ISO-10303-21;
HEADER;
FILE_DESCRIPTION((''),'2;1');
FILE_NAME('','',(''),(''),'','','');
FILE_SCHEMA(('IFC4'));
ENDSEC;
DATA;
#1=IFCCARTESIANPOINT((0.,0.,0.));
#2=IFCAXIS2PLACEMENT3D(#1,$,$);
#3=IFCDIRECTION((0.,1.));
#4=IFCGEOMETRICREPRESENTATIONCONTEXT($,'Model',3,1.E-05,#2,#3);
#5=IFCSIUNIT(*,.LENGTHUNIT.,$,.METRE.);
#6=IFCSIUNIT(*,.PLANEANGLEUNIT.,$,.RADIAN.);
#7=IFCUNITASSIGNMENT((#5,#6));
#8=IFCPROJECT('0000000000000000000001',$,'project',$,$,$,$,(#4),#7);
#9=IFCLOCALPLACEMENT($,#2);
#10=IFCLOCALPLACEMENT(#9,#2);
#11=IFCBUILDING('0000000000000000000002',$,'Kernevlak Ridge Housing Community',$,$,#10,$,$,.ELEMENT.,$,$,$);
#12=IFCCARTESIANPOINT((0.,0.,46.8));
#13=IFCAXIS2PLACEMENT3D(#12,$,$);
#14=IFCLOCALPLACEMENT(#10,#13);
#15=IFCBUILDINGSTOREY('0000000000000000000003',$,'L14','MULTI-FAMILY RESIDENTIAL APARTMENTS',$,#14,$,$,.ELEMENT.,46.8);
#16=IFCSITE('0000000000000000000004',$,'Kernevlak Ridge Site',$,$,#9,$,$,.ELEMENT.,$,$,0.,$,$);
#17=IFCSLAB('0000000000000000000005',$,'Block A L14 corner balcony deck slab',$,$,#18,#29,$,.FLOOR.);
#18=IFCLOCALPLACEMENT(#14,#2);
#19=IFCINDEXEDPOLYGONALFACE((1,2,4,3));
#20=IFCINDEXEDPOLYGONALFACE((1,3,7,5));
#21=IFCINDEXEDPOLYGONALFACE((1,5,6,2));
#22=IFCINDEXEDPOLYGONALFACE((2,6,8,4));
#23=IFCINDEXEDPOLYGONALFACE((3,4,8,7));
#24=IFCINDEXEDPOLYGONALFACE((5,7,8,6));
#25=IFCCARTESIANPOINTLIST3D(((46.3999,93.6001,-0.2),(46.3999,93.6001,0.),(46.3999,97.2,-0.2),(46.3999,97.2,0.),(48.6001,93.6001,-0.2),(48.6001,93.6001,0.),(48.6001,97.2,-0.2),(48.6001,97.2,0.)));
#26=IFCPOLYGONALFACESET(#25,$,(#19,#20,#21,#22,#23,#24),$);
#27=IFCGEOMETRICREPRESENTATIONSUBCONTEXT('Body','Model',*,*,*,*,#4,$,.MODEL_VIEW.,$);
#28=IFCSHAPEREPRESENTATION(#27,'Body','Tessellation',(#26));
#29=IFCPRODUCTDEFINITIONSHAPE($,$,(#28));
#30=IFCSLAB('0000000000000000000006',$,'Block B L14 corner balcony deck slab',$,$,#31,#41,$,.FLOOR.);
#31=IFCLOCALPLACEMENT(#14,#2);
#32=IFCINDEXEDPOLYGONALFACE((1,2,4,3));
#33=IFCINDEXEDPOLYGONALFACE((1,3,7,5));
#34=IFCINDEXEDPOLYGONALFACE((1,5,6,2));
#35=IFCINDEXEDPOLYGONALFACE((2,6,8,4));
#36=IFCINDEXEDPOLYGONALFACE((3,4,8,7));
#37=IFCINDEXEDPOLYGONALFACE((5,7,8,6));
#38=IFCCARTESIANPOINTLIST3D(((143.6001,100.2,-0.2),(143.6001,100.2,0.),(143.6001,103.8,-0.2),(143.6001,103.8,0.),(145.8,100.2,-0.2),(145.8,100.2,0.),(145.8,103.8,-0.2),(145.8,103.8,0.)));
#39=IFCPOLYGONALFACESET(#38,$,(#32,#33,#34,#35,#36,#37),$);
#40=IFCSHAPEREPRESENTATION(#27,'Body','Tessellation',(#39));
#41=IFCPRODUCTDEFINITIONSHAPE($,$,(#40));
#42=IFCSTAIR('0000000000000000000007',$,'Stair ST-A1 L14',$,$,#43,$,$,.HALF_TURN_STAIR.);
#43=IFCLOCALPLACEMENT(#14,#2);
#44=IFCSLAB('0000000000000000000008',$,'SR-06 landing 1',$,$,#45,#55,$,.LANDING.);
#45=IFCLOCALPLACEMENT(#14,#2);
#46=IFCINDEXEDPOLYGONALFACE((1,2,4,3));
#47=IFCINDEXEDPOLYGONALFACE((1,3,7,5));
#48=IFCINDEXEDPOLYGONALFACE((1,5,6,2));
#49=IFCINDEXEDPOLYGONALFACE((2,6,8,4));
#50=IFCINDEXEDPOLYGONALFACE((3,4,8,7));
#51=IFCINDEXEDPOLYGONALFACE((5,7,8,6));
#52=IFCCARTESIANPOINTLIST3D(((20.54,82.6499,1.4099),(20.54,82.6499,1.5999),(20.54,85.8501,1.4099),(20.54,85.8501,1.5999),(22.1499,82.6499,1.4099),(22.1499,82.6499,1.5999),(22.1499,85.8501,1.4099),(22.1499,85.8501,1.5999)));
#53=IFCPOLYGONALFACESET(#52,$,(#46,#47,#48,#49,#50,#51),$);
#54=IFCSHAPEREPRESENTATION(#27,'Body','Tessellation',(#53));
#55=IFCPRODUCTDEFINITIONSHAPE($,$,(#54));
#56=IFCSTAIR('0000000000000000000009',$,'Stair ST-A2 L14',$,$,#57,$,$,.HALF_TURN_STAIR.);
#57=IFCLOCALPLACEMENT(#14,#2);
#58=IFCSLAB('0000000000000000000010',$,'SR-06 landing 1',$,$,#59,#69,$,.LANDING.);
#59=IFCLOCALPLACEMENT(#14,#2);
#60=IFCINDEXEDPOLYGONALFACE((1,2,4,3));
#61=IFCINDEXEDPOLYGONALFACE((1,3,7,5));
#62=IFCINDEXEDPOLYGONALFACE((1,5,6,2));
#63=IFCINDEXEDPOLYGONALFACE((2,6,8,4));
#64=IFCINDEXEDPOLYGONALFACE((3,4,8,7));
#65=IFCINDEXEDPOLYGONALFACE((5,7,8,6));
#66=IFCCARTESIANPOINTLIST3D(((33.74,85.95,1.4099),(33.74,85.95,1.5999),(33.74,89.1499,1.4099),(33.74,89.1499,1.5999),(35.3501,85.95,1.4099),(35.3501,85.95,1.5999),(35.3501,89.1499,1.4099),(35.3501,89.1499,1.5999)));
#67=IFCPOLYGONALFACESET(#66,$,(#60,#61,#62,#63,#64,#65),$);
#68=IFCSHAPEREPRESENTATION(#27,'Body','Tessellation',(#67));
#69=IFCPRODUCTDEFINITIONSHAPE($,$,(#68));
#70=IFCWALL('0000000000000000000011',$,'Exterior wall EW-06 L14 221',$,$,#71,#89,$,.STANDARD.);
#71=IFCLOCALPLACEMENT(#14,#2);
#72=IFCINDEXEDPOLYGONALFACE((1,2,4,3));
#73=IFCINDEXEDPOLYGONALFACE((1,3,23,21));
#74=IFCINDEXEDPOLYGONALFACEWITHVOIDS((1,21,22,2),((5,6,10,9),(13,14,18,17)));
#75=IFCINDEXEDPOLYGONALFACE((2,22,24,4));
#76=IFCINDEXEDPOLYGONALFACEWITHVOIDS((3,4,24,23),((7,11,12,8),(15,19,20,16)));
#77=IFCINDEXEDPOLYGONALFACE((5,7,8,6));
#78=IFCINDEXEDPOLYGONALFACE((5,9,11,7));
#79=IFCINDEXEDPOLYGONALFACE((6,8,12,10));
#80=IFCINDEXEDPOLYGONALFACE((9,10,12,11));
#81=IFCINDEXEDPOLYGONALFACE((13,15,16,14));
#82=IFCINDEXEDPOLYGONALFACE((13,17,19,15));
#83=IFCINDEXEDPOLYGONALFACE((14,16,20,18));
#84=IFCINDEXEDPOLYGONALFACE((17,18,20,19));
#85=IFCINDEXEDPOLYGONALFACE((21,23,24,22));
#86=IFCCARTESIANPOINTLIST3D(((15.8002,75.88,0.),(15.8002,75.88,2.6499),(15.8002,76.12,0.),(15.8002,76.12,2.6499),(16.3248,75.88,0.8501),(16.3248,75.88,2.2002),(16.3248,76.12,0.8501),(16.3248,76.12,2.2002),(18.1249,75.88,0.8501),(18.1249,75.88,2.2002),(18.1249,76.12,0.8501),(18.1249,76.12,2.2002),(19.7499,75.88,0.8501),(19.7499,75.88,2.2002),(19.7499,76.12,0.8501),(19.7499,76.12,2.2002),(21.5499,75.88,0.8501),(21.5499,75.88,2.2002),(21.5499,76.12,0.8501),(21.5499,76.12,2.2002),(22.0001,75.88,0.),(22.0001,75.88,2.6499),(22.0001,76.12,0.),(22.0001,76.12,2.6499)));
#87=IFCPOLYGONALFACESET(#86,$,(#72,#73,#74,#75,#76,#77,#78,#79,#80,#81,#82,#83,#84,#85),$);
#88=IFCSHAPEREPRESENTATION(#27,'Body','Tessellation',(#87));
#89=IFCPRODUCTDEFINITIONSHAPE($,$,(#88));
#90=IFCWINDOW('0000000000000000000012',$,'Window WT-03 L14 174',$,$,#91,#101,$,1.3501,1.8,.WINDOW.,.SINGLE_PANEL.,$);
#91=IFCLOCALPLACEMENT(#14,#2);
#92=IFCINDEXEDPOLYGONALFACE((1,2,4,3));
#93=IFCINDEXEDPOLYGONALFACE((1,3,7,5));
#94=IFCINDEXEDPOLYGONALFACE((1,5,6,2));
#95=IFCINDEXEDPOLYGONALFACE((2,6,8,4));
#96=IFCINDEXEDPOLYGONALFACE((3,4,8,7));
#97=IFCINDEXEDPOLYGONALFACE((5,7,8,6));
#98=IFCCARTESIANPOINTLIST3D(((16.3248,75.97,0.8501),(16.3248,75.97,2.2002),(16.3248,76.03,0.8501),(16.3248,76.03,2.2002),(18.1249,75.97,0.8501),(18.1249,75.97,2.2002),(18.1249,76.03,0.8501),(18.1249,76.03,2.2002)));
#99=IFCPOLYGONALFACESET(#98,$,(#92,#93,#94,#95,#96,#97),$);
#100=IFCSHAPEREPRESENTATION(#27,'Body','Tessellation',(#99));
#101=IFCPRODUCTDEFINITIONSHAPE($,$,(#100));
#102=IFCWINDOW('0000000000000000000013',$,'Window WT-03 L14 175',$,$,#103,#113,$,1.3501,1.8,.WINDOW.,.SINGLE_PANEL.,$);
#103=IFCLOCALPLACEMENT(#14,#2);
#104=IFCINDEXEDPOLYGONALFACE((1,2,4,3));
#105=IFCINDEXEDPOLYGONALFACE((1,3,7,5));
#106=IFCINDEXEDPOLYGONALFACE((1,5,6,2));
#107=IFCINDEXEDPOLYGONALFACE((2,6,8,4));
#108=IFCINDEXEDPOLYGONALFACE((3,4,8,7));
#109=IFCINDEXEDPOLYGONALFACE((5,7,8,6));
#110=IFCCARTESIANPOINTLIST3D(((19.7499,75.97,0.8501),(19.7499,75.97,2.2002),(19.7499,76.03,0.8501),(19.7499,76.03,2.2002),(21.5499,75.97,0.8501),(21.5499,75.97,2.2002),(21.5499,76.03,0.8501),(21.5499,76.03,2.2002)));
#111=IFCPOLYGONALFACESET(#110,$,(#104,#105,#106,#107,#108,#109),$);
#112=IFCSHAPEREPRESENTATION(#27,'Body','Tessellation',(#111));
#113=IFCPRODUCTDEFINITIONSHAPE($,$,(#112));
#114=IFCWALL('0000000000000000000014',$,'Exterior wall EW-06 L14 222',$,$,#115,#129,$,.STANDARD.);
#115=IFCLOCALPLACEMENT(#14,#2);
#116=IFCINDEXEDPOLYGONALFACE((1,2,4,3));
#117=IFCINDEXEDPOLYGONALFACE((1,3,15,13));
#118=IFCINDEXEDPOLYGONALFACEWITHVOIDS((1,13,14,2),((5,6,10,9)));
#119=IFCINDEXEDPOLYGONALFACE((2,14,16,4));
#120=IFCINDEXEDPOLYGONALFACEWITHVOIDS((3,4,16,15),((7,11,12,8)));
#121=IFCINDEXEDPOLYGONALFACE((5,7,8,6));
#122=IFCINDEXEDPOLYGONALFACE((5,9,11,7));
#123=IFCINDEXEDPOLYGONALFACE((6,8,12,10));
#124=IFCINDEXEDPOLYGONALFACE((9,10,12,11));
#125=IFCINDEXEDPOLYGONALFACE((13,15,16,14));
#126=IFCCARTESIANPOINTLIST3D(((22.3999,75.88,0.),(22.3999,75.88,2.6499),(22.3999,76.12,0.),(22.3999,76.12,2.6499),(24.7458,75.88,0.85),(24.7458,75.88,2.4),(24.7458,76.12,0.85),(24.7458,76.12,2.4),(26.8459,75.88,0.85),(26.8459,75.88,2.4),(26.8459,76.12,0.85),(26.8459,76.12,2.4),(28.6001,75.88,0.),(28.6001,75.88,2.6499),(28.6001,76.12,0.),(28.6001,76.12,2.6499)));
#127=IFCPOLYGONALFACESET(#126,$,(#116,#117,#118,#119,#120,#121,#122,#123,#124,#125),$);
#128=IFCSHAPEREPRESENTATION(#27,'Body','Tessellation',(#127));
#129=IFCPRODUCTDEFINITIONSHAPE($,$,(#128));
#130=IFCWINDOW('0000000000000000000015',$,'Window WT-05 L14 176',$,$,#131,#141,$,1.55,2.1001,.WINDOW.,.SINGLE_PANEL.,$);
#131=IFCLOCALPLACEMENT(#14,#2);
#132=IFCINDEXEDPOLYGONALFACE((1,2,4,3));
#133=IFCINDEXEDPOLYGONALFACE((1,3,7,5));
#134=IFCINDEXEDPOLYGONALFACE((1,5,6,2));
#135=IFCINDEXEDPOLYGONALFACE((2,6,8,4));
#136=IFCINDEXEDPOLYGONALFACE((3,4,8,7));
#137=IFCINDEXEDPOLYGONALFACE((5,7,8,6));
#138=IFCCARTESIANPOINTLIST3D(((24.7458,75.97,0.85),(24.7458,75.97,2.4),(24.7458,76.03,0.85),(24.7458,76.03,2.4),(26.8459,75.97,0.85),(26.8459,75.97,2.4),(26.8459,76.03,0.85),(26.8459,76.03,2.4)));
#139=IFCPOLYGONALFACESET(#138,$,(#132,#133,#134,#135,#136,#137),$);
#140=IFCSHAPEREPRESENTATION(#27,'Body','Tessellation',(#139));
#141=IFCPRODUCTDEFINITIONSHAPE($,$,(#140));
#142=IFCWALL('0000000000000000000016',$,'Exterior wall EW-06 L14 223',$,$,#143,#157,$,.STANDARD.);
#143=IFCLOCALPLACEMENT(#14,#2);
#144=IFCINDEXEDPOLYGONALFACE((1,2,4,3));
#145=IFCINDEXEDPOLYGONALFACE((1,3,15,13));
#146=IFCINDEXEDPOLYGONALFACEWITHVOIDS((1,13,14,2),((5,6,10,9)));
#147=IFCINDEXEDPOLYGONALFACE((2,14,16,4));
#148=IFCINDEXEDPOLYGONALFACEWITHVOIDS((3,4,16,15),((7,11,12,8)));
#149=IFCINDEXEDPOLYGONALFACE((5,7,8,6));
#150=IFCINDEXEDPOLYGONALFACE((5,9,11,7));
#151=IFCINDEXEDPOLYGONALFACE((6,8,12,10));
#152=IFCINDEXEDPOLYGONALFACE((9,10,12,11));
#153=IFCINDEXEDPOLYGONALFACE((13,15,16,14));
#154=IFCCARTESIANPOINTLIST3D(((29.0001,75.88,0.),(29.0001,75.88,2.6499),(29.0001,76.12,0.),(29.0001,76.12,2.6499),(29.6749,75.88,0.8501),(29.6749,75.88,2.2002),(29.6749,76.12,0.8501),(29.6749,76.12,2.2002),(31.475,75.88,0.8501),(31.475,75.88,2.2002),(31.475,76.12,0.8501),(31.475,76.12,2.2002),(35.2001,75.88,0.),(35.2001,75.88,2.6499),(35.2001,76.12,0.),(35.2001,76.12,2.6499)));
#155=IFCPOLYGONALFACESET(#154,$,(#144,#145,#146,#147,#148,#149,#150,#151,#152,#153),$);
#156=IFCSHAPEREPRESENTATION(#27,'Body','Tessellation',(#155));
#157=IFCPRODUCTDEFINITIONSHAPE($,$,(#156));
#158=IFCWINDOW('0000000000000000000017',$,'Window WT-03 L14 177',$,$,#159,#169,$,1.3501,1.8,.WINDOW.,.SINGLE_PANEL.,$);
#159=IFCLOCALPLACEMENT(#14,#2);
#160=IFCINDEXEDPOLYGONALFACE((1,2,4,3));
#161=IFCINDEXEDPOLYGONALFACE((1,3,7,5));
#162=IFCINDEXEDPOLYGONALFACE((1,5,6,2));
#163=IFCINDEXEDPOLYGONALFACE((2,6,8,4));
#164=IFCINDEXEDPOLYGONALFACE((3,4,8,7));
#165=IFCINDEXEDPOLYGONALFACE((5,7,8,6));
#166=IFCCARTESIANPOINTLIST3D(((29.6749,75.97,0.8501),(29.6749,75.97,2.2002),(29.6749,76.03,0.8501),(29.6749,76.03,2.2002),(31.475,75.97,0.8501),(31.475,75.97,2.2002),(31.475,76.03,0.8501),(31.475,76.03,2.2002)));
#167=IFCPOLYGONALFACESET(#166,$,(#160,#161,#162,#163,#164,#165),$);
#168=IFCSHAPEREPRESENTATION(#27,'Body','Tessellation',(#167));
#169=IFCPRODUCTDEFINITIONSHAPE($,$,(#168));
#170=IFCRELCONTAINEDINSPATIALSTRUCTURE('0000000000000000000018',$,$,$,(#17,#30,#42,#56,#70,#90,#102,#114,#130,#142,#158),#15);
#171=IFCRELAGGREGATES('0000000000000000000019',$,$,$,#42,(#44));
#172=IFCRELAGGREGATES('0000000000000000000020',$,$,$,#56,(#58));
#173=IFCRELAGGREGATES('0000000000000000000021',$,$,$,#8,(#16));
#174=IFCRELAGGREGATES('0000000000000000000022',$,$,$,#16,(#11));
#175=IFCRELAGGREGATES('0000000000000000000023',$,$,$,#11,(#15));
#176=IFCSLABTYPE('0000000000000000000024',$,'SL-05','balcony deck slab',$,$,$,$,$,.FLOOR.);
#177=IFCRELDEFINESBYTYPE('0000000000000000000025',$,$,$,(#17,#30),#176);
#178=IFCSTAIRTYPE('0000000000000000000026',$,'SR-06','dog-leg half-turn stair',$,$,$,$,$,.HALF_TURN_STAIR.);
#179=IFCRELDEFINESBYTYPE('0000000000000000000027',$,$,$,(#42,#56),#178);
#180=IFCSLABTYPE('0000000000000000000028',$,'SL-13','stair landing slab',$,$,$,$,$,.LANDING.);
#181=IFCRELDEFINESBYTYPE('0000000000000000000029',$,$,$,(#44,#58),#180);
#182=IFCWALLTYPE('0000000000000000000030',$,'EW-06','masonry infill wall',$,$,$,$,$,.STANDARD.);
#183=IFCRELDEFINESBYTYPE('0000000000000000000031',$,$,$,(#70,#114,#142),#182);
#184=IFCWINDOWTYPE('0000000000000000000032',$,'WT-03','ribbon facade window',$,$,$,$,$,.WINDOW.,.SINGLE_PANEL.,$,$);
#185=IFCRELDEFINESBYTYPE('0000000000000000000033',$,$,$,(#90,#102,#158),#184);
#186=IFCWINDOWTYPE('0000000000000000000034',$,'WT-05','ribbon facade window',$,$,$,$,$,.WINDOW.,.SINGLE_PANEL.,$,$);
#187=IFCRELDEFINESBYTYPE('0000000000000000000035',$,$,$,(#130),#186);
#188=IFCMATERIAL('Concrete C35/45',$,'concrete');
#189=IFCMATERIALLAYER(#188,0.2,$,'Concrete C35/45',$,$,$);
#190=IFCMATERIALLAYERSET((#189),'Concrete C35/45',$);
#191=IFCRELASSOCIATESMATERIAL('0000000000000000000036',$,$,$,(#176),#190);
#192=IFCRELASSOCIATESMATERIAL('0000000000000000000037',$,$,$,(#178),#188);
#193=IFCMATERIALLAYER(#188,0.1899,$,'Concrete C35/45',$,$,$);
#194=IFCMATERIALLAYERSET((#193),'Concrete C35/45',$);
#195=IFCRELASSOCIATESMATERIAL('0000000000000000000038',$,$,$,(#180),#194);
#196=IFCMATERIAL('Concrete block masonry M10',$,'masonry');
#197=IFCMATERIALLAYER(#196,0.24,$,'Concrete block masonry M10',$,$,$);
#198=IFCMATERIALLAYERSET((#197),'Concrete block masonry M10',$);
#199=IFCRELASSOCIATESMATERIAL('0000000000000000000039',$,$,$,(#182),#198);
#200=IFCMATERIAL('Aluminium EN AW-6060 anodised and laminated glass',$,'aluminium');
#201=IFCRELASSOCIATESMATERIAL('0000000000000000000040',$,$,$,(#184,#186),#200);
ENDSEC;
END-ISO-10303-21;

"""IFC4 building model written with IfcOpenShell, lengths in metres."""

from ifc_helpers import new_model, si_unit, direction, frame, frame_2d, origin, place, context, subcontext, project, spatial, polyline, rectangle, outline, extrude, material, layer, layer_set, type_object, element, fill, aggregate, save


model = new_model("IFC4")

# Units and contexts
model_context = context("Model", 3, precision=1e-05, world=origin(), true_north=direction((0.0, 1.0)))
body_context = subcontext(model_context, "Body", "Model", "MODEL_VIEW")
ifc_project = project(units=[si_unit("LENGTHUNIT", "METRE"), si_unit("PLANEANGLEUNIT", "RADIAN")], contexts=[model_context])

# Site, building, storey
site_placement = place(None, origin())
site = spatial("IfcSite", under=ifc_project, at=site_placement, Name="Kernevlak Ridge Site", CompositionType="ELEMENT", RefElevation=0.0)
building_placement = place(site_placement, origin())
building = spatial("IfcBuilding", under=site, at=building_placement, Name="Kernevlak Ridge Housing Community", CompositionType="ELEMENT")
storey_placement = place(building_placement, frame((0.0, 0.0, 46.8)))
storey = spatial("IfcBuildingStorey", under=building, at=storey_placement, Name="L14", Description="MULTI-FAMILY RESIDENTIAL APARTMENTS", CompositionType="ELEMENT", Elevation=46.8)

# Shared definitions
ifc_material_1 = material(Name="Concrete C35/45", Category="concrete")

# Slabs
ifc_layer_1 = layer(ifc_material_1, 0.2, Name="Concrete C35/45")
ifc_layer_set_1 = layer_set([ifc_layer_1], Name="Concrete C35/45")
slab_type_1 = type_object("IfcSlabType", Name="SL-05", Description="balcony deck slab", PredefinedType="FLOOR", material=ifc_layer_set_1)
slab_1_placement = place(storey_placement, frame((0.0, 0.0, -0.2)))
element("IfcSlab", 1, at=slab_1_placement, inside=storey, type_object=slab_type_1, Name="Block A L14 corner balcony deck slab", PredefinedType="FLOOR", context=body_context, shape_type="SweptSolid", body=[
    extrude(outline(polyline([(46.3999, 93.6001), (48.6001, 93.6001), (48.6001, 97.2), (46.3999, 97.2), (46.3999, 93.6001)])), origin(), (0.0, 0.0, 1.0), 0.2),
])
slab_2_placement = place(storey_placement, frame((0.0, 0.0, -0.2)))
element("IfcSlab", 2, at=slab_2_placement, inside=storey, type_object=slab_type_1, Name="Block B L14 corner balcony deck slab", PredefinedType="FLOOR", context=body_context, shape_type="SweptSolid", body=[
    extrude(outline(polyline([(143.6001, 100.2), (145.8, 100.2), (145.8, 103.8), (143.6001, 103.8), (143.6001, 100.2)])), origin(), (0.0, 0.0, 1.0), 0.2),
])

# Stairs, slabs
stair_type = type_object("IfcStairType", Name="SR-06", Description="dog-leg half-turn stair", PredefinedType="HALF_TURN_STAIR", material=ifc_material_1)
stair_1_placement = place(storey_placement, origin())
stair_1 = element("IfcStair", 3, at=stair_1_placement, inside=storey, type_object=stair_type, Name="Stair ST-A1 L14", PredefinedType="HALF_TURN_STAIR")
ifc_layer_2 = layer(ifc_material_1, 0.1899, Name="Concrete C35/45")
ifc_layer_set_2 = layer_set([ifc_layer_2], Name="Concrete C35/45")
slab_type_2 = type_object("IfcSlabType", Name="SL-13", Description="stair landing slab", PredefinedType="LANDING", material=ifc_layer_set_2)
slab_3_placement = place(storey_placement, frame((0.0, 0.0, 1.4099)))
slab_3 = element("IfcSlab", 4, at=slab_3_placement, type_object=slab_type_2, Name="SR-06 landing 1", PredefinedType="LANDING", context=body_context, shape_type="SweptSolid", body=[
    extrude(outline(polyline([(20.54, 82.6499), (22.1499, 82.6499), (22.1499, 85.8501), (20.54, 85.8501), (20.54, 82.6499)])), origin(), (0.0, 0.0, 1.0), 0.1899),
])
aggregate(stair_1, [slab_3])
stair_2_placement = place(storey_placement, origin())
stair_2 = element("IfcStair", 5, at=stair_2_placement, inside=storey, type_object=stair_type, Name="Stair ST-A2 L14", PredefinedType="HALF_TURN_STAIR")
slab_4_placement = place(storey_placement, frame((0.0, 0.0, 1.4099)))
slab_4 = element("IfcSlab", 6, at=slab_4_placement, type_object=slab_type_2, Name="SR-06 landing 1", PredefinedType="LANDING", context=body_context, shape_type="SweptSolid", body=[
    extrude(outline(polyline([(33.74, 85.95), (35.3501, 85.95), (35.3501, 89.1499), (33.74, 89.1499), (33.74, 85.95)])), origin(), (0.0, 0.0, 1.0), 0.1899),
])
aggregate(stair_2, [slab_4])

# Wall, openings, windows
ifc_material_2 = material(Name="Concrete block masonry M10", Category="masonry")
ifc_layer_3 = layer(ifc_material_2, 0.24, Name="Concrete block masonry M10")
ifc_layer_set_3 = layer_set([ifc_layer_3], Name="Concrete block masonry M10")
wall_type = type_object("IfcWallType", Name="EW-06", Description="masonry infill wall", PredefinedType="STANDARD", material=ifc_layer_set_3)
wall_1_placement = place(storey_placement, frame((15.8, 76.0, 0.0), z_axis=(0.0, 0.0, 1.0), x_axis=(1.0, 0.0, 0.0)))
wall_1 = element("IfcWall", 7, at=wall_1_placement, inside=storey, type_object=wall_type, Name="Exterior wall EW-06 L14 221", PredefinedType="STANDARD", context=body_context, shape_type="SweptSolid", body=[
    extrude(rectangle(XDim=6.2, YDim=0.24, at=frame_2d((3.1001, 0.0))), origin(), (0.0, 0.0, 1.0), 2.6499),
])
opening_1_placement = place(wall_1_placement, frame((0.5249, 0.0, 0.8501)))
opening_1 = element("IfcOpeningElement", 8, at=opening_1_placement, cuts=wall_1, PredefinedType="OPENING", context=body_context, shape_type="SweptSolid", body=[
    extrude(rectangle(XDim=1.8, YDim=1.3501, at=frame_2d((0.8999, 0.675))), frame((0.0, 0.1299, 0.0), z_axis=(0.0, -1.0, 0.0), x_axis=(1.0, 0.0, 0.0)), (0.0, 0.0, 1.0), 0.26),
])
opening_2_placement = place(wall_1_placement, frame((3.95, 0.0, 0.8501)))
opening_2 = element("IfcOpeningElement", 9, at=opening_2_placement, cuts=wall_1, PredefinedType="OPENING", context=body_context, shape_type="SweptSolid", body=[
    extrude(rectangle(XDim=1.8, YDim=1.3501, at=frame_2d((0.8999, 0.675))), frame((0.0, 0.1299, 0.0), z_axis=(0.0, -1.0, 0.0), x_axis=(1.0, 0.0, 0.0)), (0.0, 0.0, 1.0), 0.26),
])
ifc_material_3 = material(Name="Aluminium EN AW-6060 anodised and laminated glass", Category="aluminium")
window_type_1 = type_object("IfcWindowType", Name="WT-03", Description="ribbon facade window", PartitioningType="SINGLE_PANEL", PredefinedType="WINDOW", material=ifc_material_3)
window_1_placement = place(opening_1_placement, origin())
window_1 = element("IfcWindow", 10, at=window_1_placement, inside=storey, type_object=window_type_1, Name="Window WT-03 L14 174", OverallHeight=1.3501, OverallWidth=1.8, PartitioningType="SINGLE_PANEL", PredefinedType="WINDOW", context=body_context, shape_type="SweptSolid", body=[
    extrude(rectangle(XDim=1.8, YDim=1.3501, at=frame_2d((0.8999, 0.675))), frame((0.0, 0.03, 0.0), z_axis=(0.0, -1.0, 0.0), x_axis=(1.0, 0.0, 0.0)), (0.0, 0.0, 1.0), 0.0601),
])
fill(opening_1, window_1)
window_2_placement = place(opening_2_placement, origin())
window_2 = element("IfcWindow", 11, at=window_2_placement, inside=storey, type_object=window_type_1, Name="Window WT-03 L14 175", OverallHeight=1.3501, OverallWidth=1.8, PartitioningType="SINGLE_PANEL", PredefinedType="WINDOW", context=body_context, shape_type="SweptSolid", body=[
    extrude(rectangle(XDim=1.8, YDim=1.3501, at=frame_2d((0.8999, 0.675))), frame((0.0, 0.03, 0.0), z_axis=(0.0, -1.0, 0.0), x_axis=(1.0, 0.0, 0.0)), (0.0, 0.0, 1.0), 0.0601),
])
fill(opening_2, window_2)

# Walls, openings, windows
wall_2_placement = place(storey_placement, frame((22.3999, 76.0, 0.0), z_axis=(0.0, 0.0, 1.0), x_axis=(1.0, 0.0, 0.0)))
wall_2 = element("IfcWall", 12, at=wall_2_placement, inside=storey, type_object=wall_type, Name="Exterior wall EW-06 L14 222", PredefinedType="STANDARD", context=body_context, shape_type="SweptSolid", body=[
    extrude(rectangle(XDim=6.2002, YDim=0.24, at=frame_2d((3.1001, 0.0))), origin(), (0.0, 0.0, 1.0), 2.6499),
])
opening_3_placement = place(wall_2_placement, frame((2.3459, 0.0, 0.8501)))
opening_3 = element("IfcOpeningElement", 13, at=opening_3_placement, cuts=wall_2, PredefinedType="OPENING", context=body_context, shape_type="SweptSolid", body=[
    extrude(rectangle(XDim=2.1001, YDim=1.55, at=frame_2d((1.05, 0.7749))), frame((0.0, 0.1299, 0.0), z_axis=(0.0, -1.0, 0.0), x_axis=(1.0, 0.0, 0.0)), (0.0, 0.0, 1.0), 0.26),
])
window_type_2 = type_object("IfcWindowType", Name="WT-05", Description="ribbon facade window", PartitioningType="SINGLE_PANEL", PredefinedType="WINDOW", material=ifc_material_3)
window_3_placement = place(opening_3_placement, origin())
window_3 = element("IfcWindow", 14, at=window_3_placement, inside=storey, type_object=window_type_2, Name="Window WT-05 L14 176", OverallHeight=1.55, OverallWidth=2.1001, PartitioningType="SINGLE_PANEL", PredefinedType="WINDOW", context=body_context, shape_type="SweptSolid", body=[
    extrude(rectangle(XDim=2.1001, YDim=1.55, at=frame_2d((1.05, 0.7749))), frame((0.0, 0.03, 0.0), z_axis=(0.0, -1.0, 0.0), x_axis=(1.0, 0.0, 0.0)), (0.0, 0.0, 1.0), 0.0601),
])
fill(opening_3, window_3)
wall_3_placement = place(storey_placement, frame((29.0, 76.0, 0.0), z_axis=(0.0, 0.0, 1.0), x_axis=(1.0, 0.0, 0.0)))
wall_3 = element("IfcWall", 15, at=wall_3_placement, inside=storey, type_object=wall_type, Name="Exterior wall EW-06 L14 223", PredefinedType="STANDARD", context=body_context, shape_type="SweptSolid", body=[
    extrude(rectangle(XDim=6.2, YDim=0.24, at=frame_2d((3.1001, 0.0))), origin(), (0.0, 0.0, 1.0), 2.6499),
])
opening_4_placement = place(wall_3_placement, frame((0.675, 0.0, 0.8501)))
opening_4 = element("IfcOpeningElement", 16, at=opening_4_placement, cuts=wall_3, PredefinedType="OPENING", context=body_context, shape_type="SweptSolid", body=[
    extrude(rectangle(XDim=1.8, YDim=1.3501, at=frame_2d((0.8999, 0.675))), frame((0.0, 0.1299, 0.0), z_axis=(0.0, -1.0, 0.0), x_axis=(1.0, 0.0, 0.0)), (0.0, 0.0, 1.0), 0.26),
])
window_4_placement = place(opening_4_placement, origin())
window_4 = element("IfcWindow", 17, at=window_4_placement, inside=storey, type_object=window_type_1, Name="Window WT-03 L14 177", OverallHeight=1.3501, OverallWidth=1.8, PartitioningType="SINGLE_PANEL", PredefinedType="WINDOW", context=body_context, shape_type="SweptSolid", body=[
    extrude(rectangle(XDim=1.8, YDim=1.3501, at=frame_2d((0.8999, 0.675))), frame((0.0, 0.03, 0.0), z_axis=(0.0, -1.0, 0.0), x_axis=(1.0, 0.0, 0.0)), (0.0, 0.0, 1.0), 0.0601),
])
fill(opening_4, window_4)

save(model, "model.ifc")
